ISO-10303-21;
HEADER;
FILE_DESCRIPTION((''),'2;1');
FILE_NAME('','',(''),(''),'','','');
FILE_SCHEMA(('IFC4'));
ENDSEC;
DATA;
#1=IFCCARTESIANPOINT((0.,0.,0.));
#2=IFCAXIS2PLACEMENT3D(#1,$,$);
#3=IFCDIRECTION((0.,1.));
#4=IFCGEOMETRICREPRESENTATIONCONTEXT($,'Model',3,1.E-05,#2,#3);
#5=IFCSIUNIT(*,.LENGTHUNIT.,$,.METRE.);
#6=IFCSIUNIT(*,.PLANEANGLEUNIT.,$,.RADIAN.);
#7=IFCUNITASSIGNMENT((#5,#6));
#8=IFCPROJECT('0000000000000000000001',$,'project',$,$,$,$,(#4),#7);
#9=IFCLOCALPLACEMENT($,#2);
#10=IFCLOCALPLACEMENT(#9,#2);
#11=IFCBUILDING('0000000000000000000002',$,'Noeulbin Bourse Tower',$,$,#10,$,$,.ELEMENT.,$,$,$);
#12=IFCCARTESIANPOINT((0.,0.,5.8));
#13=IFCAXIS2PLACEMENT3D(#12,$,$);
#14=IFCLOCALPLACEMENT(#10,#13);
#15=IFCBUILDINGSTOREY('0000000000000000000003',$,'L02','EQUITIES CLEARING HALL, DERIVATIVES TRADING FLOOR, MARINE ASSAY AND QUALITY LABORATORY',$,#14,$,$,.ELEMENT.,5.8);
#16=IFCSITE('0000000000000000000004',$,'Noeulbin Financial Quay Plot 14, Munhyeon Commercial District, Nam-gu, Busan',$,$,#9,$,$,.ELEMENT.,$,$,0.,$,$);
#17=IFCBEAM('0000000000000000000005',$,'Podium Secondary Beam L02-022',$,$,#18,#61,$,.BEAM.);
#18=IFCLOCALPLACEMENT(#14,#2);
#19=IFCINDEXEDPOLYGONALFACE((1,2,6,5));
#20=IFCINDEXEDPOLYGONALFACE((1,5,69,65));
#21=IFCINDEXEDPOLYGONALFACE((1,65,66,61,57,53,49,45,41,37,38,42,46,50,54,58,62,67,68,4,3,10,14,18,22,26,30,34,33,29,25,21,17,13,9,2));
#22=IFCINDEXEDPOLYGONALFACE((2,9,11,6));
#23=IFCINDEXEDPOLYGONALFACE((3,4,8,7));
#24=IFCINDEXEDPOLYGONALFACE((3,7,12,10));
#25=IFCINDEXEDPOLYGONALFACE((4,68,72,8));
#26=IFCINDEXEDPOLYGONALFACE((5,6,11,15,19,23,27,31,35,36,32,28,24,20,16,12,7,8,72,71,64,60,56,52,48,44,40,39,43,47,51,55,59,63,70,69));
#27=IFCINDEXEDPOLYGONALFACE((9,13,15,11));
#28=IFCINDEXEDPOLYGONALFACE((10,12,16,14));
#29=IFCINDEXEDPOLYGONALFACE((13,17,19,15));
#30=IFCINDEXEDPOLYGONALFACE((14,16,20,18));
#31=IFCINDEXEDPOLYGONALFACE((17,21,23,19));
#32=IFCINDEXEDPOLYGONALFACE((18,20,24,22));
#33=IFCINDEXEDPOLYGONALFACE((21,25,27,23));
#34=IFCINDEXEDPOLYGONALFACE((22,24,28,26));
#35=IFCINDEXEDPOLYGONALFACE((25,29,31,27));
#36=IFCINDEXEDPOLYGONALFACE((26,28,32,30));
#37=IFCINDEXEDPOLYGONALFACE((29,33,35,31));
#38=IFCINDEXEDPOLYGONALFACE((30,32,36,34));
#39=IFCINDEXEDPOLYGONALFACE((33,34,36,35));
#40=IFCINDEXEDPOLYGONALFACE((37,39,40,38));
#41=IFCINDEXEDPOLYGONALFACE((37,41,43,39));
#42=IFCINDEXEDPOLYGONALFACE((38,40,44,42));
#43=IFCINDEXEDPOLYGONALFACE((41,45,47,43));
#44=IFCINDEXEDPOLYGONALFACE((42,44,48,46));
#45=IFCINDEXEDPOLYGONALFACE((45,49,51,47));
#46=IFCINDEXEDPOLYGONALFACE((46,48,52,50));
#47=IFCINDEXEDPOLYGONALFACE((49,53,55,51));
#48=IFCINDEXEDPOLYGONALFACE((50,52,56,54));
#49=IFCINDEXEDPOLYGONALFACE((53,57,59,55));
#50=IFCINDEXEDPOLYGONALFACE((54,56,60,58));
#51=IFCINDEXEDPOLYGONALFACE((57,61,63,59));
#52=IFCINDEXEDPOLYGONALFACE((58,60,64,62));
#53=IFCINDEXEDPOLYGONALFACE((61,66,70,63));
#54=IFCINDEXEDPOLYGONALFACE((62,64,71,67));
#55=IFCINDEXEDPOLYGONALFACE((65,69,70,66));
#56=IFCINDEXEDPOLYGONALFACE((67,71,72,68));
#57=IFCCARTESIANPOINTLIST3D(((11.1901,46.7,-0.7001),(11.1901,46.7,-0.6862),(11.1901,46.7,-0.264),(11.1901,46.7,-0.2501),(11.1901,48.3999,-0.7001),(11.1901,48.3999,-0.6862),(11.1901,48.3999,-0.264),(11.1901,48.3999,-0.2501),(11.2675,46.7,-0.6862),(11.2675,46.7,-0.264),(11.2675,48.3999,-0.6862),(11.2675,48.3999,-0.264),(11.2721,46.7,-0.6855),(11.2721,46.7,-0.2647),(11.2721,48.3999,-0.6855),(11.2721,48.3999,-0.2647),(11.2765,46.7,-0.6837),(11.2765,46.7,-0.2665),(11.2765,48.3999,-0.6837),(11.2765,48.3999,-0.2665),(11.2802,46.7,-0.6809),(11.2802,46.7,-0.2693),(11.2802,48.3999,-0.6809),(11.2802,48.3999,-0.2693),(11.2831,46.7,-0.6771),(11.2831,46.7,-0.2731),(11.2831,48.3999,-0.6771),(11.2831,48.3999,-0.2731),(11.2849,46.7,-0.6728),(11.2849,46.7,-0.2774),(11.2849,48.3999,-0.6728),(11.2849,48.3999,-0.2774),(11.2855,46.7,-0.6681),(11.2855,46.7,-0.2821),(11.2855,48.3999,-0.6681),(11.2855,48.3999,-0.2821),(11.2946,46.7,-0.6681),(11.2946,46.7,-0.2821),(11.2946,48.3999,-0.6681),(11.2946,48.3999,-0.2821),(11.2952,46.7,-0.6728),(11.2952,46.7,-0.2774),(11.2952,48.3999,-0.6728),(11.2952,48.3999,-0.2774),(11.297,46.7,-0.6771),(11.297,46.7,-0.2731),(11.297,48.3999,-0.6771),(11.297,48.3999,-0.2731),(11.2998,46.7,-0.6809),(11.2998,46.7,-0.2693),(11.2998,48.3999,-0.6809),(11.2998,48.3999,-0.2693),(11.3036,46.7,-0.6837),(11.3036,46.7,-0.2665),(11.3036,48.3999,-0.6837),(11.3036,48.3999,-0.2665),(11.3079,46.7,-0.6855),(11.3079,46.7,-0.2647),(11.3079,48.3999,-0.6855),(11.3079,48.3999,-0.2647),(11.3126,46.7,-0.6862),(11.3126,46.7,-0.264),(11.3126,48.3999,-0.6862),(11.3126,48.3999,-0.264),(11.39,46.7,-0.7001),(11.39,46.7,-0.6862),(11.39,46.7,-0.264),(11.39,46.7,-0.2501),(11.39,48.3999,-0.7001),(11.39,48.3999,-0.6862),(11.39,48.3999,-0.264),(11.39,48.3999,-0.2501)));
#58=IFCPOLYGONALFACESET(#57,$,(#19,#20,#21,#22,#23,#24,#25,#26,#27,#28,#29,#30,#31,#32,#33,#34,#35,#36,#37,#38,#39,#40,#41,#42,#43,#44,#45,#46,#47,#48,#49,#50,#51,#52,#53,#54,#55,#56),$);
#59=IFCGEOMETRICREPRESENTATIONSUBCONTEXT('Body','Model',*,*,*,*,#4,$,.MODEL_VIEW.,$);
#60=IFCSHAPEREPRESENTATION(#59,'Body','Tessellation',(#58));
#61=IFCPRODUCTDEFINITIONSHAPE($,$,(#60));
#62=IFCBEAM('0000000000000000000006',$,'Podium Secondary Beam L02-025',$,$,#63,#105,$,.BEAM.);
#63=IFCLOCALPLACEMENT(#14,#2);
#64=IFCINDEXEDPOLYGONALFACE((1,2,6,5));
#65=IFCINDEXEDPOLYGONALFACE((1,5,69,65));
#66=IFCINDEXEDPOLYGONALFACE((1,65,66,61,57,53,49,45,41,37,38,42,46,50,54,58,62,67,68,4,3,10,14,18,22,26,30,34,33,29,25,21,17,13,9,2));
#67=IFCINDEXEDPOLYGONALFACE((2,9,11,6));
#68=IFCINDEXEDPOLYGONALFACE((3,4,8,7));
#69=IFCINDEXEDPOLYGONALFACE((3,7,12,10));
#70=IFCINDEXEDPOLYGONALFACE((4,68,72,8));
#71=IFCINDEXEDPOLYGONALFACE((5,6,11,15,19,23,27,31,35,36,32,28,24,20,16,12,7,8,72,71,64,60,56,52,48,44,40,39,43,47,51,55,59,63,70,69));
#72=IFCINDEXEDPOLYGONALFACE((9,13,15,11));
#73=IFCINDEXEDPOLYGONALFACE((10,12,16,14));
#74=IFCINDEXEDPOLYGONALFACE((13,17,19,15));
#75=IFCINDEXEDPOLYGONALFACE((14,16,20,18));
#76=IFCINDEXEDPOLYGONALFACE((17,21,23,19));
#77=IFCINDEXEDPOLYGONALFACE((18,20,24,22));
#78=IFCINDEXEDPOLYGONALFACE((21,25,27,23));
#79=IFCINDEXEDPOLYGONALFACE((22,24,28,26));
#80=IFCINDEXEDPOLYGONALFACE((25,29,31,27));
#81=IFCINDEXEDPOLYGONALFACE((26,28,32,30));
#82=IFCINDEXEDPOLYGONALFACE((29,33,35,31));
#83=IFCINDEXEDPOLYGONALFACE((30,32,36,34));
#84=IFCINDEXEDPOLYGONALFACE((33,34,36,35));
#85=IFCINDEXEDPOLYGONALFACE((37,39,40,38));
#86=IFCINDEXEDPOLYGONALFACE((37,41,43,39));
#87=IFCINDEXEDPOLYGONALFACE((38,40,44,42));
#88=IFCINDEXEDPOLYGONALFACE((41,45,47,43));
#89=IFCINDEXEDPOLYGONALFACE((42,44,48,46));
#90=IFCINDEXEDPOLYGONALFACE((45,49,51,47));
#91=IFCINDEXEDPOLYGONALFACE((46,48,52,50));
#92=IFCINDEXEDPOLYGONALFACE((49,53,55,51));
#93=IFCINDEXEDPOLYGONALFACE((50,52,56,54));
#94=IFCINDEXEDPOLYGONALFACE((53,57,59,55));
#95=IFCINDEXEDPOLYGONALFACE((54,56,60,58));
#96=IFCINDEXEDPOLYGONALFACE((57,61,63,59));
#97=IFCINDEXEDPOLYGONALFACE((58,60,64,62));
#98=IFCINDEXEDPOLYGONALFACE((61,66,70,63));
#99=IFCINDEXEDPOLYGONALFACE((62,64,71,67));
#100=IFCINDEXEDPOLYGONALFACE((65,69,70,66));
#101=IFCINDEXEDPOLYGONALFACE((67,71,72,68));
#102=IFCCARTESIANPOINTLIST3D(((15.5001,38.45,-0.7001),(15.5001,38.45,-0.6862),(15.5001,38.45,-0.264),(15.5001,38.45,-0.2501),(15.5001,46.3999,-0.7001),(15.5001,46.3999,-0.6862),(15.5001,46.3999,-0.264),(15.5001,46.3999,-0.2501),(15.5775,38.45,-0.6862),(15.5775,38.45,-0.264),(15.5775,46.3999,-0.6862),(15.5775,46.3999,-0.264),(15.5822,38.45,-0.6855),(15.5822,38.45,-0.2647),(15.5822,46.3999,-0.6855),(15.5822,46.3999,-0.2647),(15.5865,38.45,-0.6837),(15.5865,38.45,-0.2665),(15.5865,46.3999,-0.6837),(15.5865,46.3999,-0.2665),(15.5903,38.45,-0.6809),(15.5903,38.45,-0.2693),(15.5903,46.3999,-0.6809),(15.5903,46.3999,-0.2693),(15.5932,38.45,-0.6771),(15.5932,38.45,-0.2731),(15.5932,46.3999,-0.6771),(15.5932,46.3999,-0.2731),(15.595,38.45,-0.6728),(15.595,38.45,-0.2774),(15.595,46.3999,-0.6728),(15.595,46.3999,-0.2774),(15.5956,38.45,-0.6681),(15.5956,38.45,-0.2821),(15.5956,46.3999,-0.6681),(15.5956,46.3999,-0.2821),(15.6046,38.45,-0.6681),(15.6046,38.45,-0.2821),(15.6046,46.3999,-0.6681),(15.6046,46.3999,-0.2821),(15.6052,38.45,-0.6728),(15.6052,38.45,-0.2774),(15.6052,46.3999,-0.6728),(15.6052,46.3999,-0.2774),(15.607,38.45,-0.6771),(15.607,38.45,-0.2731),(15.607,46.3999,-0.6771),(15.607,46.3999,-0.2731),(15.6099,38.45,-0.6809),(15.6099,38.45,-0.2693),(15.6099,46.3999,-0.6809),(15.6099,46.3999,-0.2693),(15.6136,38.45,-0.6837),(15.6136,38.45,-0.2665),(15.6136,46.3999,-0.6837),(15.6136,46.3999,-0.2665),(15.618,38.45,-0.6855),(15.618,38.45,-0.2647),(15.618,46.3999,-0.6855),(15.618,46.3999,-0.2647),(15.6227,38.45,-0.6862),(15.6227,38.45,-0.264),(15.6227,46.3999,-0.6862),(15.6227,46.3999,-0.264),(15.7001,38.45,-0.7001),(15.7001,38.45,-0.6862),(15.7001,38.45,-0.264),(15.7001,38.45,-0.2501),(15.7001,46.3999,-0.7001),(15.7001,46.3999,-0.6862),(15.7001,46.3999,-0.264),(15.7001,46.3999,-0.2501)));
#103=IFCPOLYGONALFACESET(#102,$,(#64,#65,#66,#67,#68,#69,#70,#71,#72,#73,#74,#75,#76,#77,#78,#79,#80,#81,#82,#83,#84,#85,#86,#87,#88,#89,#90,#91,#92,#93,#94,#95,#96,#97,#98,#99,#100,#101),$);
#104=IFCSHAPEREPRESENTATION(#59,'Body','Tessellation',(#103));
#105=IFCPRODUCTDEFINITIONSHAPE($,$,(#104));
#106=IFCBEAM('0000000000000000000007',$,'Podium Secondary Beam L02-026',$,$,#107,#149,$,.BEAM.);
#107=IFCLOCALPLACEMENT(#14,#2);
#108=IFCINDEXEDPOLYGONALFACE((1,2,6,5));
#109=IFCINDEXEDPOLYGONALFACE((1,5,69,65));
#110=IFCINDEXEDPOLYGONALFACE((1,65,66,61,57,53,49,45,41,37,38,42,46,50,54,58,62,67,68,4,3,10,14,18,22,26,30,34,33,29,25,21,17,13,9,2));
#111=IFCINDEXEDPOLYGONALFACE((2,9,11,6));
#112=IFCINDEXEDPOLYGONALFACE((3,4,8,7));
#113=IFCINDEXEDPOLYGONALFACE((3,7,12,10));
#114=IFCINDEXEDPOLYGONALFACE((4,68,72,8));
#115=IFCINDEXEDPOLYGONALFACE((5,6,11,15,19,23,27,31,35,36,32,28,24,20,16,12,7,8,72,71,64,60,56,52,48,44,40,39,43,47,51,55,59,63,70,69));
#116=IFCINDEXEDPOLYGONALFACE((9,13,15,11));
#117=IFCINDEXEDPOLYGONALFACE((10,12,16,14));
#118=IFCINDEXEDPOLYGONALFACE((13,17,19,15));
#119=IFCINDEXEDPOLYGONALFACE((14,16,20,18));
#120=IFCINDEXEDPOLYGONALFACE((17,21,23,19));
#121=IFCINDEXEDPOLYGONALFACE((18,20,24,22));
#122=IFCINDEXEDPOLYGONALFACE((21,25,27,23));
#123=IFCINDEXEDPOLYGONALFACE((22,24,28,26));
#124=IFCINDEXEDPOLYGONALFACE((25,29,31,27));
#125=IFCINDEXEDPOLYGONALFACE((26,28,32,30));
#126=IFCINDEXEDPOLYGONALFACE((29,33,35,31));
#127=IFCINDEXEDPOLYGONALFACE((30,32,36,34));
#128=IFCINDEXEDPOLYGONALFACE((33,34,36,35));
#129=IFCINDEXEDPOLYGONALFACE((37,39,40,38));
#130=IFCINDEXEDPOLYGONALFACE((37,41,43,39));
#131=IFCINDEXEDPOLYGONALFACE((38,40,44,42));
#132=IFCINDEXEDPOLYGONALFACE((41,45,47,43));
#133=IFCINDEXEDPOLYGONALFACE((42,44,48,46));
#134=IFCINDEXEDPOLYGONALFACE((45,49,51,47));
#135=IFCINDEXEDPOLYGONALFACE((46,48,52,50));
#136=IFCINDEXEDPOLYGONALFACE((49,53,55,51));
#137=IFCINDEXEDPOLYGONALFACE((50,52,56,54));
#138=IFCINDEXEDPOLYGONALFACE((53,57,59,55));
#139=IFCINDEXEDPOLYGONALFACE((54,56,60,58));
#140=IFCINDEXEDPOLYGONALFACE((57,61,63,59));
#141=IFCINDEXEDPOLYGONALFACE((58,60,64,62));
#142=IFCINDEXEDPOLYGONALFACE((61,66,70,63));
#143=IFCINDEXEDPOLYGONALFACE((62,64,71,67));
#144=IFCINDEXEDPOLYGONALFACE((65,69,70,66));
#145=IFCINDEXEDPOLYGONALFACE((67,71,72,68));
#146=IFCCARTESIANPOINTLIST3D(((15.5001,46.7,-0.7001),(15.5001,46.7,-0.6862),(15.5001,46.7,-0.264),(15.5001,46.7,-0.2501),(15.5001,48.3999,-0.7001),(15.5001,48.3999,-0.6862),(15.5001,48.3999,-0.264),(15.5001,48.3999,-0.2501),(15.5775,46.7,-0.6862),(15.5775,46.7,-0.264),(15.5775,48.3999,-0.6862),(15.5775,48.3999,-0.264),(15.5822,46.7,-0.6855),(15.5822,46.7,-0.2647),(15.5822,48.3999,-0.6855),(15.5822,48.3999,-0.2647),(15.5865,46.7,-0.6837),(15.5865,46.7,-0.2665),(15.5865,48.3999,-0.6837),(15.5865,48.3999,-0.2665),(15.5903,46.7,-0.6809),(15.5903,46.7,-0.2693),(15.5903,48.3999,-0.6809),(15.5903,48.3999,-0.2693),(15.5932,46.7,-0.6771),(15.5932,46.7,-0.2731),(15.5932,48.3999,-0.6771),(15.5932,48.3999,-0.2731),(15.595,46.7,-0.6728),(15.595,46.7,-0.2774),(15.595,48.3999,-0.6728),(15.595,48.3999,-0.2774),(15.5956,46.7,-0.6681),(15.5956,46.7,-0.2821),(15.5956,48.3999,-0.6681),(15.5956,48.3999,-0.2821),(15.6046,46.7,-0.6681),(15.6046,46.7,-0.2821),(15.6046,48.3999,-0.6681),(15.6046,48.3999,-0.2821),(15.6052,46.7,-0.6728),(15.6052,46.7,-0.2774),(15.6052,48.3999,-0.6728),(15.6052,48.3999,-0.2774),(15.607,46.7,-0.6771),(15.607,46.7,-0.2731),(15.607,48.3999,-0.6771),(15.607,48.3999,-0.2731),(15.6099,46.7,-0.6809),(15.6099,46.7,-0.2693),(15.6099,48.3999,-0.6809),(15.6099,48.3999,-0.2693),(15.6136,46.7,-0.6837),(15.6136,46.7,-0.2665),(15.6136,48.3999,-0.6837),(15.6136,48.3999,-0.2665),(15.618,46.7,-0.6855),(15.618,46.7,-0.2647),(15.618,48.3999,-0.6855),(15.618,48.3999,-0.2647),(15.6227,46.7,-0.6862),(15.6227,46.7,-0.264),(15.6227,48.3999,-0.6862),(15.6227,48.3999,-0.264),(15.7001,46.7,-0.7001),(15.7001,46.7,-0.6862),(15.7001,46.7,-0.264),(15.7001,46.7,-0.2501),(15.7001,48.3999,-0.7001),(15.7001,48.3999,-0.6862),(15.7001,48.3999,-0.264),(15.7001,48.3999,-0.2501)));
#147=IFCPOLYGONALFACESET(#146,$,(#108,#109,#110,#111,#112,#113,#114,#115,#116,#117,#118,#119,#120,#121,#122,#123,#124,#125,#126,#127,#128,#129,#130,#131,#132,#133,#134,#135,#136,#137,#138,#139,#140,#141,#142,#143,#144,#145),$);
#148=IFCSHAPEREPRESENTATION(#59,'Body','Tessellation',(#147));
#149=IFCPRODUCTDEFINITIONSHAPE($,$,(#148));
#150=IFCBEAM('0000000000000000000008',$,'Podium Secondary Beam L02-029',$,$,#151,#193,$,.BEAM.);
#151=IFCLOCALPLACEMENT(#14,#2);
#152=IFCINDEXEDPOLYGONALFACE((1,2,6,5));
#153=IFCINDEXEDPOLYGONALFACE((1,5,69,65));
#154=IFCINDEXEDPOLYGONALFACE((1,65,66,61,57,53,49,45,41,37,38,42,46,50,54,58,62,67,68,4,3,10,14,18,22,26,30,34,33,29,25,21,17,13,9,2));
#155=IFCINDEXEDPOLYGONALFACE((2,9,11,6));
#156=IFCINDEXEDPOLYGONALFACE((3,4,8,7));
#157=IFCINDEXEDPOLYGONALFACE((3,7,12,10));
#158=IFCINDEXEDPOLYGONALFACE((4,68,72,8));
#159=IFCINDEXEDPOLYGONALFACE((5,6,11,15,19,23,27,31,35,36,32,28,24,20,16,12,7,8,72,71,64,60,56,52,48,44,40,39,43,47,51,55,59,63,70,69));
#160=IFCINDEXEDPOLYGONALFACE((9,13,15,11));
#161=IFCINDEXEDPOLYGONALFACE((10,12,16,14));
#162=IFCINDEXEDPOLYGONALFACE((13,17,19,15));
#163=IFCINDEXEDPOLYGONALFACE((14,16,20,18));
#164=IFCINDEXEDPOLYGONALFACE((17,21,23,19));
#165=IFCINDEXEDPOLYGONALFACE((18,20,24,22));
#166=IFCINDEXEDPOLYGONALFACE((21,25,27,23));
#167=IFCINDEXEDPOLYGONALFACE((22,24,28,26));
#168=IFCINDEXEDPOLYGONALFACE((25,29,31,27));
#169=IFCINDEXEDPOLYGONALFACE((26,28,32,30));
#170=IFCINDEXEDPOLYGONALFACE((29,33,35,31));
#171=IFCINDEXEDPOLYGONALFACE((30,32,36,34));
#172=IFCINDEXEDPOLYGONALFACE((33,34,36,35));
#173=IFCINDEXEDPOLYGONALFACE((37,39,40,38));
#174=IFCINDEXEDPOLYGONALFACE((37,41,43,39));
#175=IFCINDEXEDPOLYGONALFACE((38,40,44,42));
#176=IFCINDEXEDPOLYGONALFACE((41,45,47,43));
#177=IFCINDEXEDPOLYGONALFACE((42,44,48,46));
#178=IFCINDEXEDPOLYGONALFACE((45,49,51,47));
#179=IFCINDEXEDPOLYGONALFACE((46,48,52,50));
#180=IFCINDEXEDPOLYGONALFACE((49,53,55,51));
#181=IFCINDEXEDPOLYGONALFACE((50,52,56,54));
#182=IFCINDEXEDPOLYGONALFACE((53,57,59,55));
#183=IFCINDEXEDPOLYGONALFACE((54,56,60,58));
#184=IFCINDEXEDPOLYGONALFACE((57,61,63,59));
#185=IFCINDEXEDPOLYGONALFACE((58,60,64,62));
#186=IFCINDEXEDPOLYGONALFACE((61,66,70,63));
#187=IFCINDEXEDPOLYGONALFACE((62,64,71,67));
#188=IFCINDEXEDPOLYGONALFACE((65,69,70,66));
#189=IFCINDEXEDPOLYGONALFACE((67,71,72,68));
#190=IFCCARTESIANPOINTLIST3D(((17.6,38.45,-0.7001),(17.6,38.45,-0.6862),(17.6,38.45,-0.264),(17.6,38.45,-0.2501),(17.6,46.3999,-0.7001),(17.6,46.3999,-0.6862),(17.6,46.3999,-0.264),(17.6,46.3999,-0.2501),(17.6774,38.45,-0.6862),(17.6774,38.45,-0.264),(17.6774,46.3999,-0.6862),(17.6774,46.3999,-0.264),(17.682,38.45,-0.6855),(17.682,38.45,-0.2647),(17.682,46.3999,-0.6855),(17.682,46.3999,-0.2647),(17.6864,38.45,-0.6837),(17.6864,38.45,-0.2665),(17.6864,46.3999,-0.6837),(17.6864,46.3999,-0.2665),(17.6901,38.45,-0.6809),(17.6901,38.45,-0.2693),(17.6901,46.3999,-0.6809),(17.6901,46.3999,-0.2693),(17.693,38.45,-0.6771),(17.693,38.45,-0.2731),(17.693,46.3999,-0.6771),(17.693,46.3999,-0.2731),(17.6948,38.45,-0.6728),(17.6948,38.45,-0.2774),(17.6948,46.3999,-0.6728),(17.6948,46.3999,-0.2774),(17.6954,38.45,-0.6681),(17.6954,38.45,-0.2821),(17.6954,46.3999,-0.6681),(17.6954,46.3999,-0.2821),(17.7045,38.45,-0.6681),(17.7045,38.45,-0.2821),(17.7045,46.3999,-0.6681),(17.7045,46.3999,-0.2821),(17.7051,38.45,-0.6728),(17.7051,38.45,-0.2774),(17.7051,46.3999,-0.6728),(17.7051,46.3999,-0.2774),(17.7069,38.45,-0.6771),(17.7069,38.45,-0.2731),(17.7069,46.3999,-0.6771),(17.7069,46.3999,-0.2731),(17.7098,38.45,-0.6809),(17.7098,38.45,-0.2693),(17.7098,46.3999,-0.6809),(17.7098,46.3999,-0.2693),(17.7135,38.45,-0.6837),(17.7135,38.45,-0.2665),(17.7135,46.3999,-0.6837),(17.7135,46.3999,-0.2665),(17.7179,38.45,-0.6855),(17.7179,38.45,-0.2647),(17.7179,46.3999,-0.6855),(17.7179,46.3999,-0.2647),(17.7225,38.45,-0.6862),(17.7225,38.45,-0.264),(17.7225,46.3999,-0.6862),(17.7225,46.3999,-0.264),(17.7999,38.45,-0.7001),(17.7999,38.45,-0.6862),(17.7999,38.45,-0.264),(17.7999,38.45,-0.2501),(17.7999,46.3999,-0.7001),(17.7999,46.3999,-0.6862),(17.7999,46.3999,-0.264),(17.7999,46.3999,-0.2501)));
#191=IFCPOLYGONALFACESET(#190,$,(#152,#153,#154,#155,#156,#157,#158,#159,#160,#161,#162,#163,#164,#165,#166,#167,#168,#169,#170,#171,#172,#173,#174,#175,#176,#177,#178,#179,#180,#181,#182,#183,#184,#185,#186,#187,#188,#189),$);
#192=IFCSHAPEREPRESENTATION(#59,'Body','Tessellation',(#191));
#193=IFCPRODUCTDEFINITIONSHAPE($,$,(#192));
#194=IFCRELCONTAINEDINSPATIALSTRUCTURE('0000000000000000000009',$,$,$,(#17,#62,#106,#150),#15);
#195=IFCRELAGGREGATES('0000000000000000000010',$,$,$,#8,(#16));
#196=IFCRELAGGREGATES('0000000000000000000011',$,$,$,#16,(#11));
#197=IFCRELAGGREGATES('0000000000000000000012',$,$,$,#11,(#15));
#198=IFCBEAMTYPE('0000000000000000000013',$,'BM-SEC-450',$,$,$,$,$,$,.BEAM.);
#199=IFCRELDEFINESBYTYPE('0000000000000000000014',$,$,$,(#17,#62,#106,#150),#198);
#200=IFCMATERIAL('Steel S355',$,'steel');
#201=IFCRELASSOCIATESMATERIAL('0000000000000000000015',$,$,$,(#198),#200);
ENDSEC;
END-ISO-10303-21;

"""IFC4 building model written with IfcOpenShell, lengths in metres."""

from ifc_helpers import new_model, si_unit, direction, frame, origin, origin_2d, place, context, subcontext, project, spatial, i_section, extrude, material, material_profile, profile_set, type_object, element, save


model = new_model("IFC4")

# Units and contexts
model_context = context("Model", 3, precision=1e-05, world=origin(), true_north=direction((0.0, 1.0)))
body_context = subcontext(model_context, "Body", "Model", "MODEL_VIEW")
ifc_project = project(units=[si_unit("LENGTHUNIT", "METRE"), si_unit("PLANEANGLEUNIT", "RADIAN")], contexts=[model_context])

# Site, building, storey
site_placement = place(None, origin())
site = spatial("IfcSite", under=ifc_project, at=site_placement, Name="Noeulbin Financial Quay Plot 14, Munhyeon Commercial District, Nam-gu, Busan", CompositionType="ELEMENT", RefElevation=0.0)
building_placement = place(site_placement, origin())
building = spatial("IfcBuilding", under=site, at=building_placement, Name="Noeulbin Bourse Tower", CompositionType="ELEMENT")
storey_placement = place(building_placement, frame((0.0, 0.0, 5.8)))
storey = spatial("IfcBuildingStorey", under=building, at=storey_placement, Name="L02", Description="EQUITIES CLEARING HALL, DERIVATIVES TRADING FLOOR, MARINE ASSAY AND QUALITY LABORATORY", CompositionType="ELEMENT", Elevation=5.8)

# Beams
ifc_material_1 = material(Name="Steel S355", Category="steel")
ifc_material_profile_1 = material_profile(ifc_material_1, i_section(OverallWidth=0.2, OverallDepth=0.45, WebThickness=0.009, FlangeThickness=0.0139, FilletRadius=0.0181, at=origin_2d()), Name="H-450x200x9x14", Category="LoadBearing")
ifc_profile_set_1 = profile_set([ifc_material_profile_1], Name="Steel S355")
beam_type_1 = type_object("IfcBeamType", Name="BM-SEC-450", PredefinedType="BEAM", material=ifc_profile_set_1)
beam_1_placement = place(storey_placement, frame((11.29, 46.7, -0.4751), z_axis=(0.0, 1.0, 0.0), x_axis=(-1.0, 0.0, 0.0)))
element("IfcBeam", 1, at=beam_1_placement, inside=storey, type_object=beam_type_1, Name="Podium Secondary Beam L02-022", PredefinedType="BEAM", context=body_context, shape_type="SweptSolid", body=[
    extrude(i_section(OverallWidth=0.2, OverallDepth=0.45, WebThickness=0.009, FlangeThickness=0.0139, FilletRadius=0.0181, at=origin_2d()), origin(), (0.0, 0.0, 1.0), 1.7),
])
beam_2_placement = place(storey_placement, frame((15.6001, 38.45, -0.4751), z_axis=(0.0, 1.0, 0.0), x_axis=(-1.0, 0.0, 0.0)))
element("IfcBeam", 2, at=beam_2_placement, inside=storey, type_object=beam_type_1, Name="Podium Secondary Beam L02-025", PredefinedType="BEAM", context=body_context, shape_type="SweptSolid", body=[
    extrude(i_section(OverallWidth=0.2, OverallDepth=0.45, WebThickness=0.009, FlangeThickness=0.0139, FilletRadius=0.0181, at=origin_2d()), origin(), (0.0, 0.0, 1.0), 7.95),
])
beam_3_placement = place(storey_placement, frame((15.6001, 46.7, -0.4751), z_axis=(0.0, 1.0, 0.0), x_axis=(-1.0, 0.0, 0.0)))
element("IfcBeam", 3, at=beam_3_placement, inside=storey, type_object=beam_type_1, Name="Podium Secondary Beam L02-026", PredefinedType="BEAM", context=body_context, shape_type="SweptSolid", body=[
    extrude(i_section(OverallWidth=0.2, OverallDepth=0.45, WebThickness=0.009, FlangeThickness=0.0139, FilletRadius=0.0181, at=origin_2d()), origin(), (0.0, 0.0, 1.0), 1.7),
])
beam_4_placement = place(storey_placement, frame((17.7, 38.45, -0.4751), z_axis=(0.0, 1.0, 0.0), x_axis=(-1.0, 0.0, 0.0)))
element("IfcBeam", 4, at=beam_4_placement, inside=storey, type_object=beam_type_1, Name="Podium Secondary Beam L02-029", PredefinedType="BEAM", context=body_context, shape_type="SweptSolid", body=[
    extrude(i_section(OverallWidth=0.2, OverallDepth=0.45, WebThickness=0.009, FlangeThickness=0.0139, FilletRadius=0.0181, at=origin_2d()), origin(), (0.0, 0.0, 1.0), 7.95),
])

save(model, "model.ifc")
